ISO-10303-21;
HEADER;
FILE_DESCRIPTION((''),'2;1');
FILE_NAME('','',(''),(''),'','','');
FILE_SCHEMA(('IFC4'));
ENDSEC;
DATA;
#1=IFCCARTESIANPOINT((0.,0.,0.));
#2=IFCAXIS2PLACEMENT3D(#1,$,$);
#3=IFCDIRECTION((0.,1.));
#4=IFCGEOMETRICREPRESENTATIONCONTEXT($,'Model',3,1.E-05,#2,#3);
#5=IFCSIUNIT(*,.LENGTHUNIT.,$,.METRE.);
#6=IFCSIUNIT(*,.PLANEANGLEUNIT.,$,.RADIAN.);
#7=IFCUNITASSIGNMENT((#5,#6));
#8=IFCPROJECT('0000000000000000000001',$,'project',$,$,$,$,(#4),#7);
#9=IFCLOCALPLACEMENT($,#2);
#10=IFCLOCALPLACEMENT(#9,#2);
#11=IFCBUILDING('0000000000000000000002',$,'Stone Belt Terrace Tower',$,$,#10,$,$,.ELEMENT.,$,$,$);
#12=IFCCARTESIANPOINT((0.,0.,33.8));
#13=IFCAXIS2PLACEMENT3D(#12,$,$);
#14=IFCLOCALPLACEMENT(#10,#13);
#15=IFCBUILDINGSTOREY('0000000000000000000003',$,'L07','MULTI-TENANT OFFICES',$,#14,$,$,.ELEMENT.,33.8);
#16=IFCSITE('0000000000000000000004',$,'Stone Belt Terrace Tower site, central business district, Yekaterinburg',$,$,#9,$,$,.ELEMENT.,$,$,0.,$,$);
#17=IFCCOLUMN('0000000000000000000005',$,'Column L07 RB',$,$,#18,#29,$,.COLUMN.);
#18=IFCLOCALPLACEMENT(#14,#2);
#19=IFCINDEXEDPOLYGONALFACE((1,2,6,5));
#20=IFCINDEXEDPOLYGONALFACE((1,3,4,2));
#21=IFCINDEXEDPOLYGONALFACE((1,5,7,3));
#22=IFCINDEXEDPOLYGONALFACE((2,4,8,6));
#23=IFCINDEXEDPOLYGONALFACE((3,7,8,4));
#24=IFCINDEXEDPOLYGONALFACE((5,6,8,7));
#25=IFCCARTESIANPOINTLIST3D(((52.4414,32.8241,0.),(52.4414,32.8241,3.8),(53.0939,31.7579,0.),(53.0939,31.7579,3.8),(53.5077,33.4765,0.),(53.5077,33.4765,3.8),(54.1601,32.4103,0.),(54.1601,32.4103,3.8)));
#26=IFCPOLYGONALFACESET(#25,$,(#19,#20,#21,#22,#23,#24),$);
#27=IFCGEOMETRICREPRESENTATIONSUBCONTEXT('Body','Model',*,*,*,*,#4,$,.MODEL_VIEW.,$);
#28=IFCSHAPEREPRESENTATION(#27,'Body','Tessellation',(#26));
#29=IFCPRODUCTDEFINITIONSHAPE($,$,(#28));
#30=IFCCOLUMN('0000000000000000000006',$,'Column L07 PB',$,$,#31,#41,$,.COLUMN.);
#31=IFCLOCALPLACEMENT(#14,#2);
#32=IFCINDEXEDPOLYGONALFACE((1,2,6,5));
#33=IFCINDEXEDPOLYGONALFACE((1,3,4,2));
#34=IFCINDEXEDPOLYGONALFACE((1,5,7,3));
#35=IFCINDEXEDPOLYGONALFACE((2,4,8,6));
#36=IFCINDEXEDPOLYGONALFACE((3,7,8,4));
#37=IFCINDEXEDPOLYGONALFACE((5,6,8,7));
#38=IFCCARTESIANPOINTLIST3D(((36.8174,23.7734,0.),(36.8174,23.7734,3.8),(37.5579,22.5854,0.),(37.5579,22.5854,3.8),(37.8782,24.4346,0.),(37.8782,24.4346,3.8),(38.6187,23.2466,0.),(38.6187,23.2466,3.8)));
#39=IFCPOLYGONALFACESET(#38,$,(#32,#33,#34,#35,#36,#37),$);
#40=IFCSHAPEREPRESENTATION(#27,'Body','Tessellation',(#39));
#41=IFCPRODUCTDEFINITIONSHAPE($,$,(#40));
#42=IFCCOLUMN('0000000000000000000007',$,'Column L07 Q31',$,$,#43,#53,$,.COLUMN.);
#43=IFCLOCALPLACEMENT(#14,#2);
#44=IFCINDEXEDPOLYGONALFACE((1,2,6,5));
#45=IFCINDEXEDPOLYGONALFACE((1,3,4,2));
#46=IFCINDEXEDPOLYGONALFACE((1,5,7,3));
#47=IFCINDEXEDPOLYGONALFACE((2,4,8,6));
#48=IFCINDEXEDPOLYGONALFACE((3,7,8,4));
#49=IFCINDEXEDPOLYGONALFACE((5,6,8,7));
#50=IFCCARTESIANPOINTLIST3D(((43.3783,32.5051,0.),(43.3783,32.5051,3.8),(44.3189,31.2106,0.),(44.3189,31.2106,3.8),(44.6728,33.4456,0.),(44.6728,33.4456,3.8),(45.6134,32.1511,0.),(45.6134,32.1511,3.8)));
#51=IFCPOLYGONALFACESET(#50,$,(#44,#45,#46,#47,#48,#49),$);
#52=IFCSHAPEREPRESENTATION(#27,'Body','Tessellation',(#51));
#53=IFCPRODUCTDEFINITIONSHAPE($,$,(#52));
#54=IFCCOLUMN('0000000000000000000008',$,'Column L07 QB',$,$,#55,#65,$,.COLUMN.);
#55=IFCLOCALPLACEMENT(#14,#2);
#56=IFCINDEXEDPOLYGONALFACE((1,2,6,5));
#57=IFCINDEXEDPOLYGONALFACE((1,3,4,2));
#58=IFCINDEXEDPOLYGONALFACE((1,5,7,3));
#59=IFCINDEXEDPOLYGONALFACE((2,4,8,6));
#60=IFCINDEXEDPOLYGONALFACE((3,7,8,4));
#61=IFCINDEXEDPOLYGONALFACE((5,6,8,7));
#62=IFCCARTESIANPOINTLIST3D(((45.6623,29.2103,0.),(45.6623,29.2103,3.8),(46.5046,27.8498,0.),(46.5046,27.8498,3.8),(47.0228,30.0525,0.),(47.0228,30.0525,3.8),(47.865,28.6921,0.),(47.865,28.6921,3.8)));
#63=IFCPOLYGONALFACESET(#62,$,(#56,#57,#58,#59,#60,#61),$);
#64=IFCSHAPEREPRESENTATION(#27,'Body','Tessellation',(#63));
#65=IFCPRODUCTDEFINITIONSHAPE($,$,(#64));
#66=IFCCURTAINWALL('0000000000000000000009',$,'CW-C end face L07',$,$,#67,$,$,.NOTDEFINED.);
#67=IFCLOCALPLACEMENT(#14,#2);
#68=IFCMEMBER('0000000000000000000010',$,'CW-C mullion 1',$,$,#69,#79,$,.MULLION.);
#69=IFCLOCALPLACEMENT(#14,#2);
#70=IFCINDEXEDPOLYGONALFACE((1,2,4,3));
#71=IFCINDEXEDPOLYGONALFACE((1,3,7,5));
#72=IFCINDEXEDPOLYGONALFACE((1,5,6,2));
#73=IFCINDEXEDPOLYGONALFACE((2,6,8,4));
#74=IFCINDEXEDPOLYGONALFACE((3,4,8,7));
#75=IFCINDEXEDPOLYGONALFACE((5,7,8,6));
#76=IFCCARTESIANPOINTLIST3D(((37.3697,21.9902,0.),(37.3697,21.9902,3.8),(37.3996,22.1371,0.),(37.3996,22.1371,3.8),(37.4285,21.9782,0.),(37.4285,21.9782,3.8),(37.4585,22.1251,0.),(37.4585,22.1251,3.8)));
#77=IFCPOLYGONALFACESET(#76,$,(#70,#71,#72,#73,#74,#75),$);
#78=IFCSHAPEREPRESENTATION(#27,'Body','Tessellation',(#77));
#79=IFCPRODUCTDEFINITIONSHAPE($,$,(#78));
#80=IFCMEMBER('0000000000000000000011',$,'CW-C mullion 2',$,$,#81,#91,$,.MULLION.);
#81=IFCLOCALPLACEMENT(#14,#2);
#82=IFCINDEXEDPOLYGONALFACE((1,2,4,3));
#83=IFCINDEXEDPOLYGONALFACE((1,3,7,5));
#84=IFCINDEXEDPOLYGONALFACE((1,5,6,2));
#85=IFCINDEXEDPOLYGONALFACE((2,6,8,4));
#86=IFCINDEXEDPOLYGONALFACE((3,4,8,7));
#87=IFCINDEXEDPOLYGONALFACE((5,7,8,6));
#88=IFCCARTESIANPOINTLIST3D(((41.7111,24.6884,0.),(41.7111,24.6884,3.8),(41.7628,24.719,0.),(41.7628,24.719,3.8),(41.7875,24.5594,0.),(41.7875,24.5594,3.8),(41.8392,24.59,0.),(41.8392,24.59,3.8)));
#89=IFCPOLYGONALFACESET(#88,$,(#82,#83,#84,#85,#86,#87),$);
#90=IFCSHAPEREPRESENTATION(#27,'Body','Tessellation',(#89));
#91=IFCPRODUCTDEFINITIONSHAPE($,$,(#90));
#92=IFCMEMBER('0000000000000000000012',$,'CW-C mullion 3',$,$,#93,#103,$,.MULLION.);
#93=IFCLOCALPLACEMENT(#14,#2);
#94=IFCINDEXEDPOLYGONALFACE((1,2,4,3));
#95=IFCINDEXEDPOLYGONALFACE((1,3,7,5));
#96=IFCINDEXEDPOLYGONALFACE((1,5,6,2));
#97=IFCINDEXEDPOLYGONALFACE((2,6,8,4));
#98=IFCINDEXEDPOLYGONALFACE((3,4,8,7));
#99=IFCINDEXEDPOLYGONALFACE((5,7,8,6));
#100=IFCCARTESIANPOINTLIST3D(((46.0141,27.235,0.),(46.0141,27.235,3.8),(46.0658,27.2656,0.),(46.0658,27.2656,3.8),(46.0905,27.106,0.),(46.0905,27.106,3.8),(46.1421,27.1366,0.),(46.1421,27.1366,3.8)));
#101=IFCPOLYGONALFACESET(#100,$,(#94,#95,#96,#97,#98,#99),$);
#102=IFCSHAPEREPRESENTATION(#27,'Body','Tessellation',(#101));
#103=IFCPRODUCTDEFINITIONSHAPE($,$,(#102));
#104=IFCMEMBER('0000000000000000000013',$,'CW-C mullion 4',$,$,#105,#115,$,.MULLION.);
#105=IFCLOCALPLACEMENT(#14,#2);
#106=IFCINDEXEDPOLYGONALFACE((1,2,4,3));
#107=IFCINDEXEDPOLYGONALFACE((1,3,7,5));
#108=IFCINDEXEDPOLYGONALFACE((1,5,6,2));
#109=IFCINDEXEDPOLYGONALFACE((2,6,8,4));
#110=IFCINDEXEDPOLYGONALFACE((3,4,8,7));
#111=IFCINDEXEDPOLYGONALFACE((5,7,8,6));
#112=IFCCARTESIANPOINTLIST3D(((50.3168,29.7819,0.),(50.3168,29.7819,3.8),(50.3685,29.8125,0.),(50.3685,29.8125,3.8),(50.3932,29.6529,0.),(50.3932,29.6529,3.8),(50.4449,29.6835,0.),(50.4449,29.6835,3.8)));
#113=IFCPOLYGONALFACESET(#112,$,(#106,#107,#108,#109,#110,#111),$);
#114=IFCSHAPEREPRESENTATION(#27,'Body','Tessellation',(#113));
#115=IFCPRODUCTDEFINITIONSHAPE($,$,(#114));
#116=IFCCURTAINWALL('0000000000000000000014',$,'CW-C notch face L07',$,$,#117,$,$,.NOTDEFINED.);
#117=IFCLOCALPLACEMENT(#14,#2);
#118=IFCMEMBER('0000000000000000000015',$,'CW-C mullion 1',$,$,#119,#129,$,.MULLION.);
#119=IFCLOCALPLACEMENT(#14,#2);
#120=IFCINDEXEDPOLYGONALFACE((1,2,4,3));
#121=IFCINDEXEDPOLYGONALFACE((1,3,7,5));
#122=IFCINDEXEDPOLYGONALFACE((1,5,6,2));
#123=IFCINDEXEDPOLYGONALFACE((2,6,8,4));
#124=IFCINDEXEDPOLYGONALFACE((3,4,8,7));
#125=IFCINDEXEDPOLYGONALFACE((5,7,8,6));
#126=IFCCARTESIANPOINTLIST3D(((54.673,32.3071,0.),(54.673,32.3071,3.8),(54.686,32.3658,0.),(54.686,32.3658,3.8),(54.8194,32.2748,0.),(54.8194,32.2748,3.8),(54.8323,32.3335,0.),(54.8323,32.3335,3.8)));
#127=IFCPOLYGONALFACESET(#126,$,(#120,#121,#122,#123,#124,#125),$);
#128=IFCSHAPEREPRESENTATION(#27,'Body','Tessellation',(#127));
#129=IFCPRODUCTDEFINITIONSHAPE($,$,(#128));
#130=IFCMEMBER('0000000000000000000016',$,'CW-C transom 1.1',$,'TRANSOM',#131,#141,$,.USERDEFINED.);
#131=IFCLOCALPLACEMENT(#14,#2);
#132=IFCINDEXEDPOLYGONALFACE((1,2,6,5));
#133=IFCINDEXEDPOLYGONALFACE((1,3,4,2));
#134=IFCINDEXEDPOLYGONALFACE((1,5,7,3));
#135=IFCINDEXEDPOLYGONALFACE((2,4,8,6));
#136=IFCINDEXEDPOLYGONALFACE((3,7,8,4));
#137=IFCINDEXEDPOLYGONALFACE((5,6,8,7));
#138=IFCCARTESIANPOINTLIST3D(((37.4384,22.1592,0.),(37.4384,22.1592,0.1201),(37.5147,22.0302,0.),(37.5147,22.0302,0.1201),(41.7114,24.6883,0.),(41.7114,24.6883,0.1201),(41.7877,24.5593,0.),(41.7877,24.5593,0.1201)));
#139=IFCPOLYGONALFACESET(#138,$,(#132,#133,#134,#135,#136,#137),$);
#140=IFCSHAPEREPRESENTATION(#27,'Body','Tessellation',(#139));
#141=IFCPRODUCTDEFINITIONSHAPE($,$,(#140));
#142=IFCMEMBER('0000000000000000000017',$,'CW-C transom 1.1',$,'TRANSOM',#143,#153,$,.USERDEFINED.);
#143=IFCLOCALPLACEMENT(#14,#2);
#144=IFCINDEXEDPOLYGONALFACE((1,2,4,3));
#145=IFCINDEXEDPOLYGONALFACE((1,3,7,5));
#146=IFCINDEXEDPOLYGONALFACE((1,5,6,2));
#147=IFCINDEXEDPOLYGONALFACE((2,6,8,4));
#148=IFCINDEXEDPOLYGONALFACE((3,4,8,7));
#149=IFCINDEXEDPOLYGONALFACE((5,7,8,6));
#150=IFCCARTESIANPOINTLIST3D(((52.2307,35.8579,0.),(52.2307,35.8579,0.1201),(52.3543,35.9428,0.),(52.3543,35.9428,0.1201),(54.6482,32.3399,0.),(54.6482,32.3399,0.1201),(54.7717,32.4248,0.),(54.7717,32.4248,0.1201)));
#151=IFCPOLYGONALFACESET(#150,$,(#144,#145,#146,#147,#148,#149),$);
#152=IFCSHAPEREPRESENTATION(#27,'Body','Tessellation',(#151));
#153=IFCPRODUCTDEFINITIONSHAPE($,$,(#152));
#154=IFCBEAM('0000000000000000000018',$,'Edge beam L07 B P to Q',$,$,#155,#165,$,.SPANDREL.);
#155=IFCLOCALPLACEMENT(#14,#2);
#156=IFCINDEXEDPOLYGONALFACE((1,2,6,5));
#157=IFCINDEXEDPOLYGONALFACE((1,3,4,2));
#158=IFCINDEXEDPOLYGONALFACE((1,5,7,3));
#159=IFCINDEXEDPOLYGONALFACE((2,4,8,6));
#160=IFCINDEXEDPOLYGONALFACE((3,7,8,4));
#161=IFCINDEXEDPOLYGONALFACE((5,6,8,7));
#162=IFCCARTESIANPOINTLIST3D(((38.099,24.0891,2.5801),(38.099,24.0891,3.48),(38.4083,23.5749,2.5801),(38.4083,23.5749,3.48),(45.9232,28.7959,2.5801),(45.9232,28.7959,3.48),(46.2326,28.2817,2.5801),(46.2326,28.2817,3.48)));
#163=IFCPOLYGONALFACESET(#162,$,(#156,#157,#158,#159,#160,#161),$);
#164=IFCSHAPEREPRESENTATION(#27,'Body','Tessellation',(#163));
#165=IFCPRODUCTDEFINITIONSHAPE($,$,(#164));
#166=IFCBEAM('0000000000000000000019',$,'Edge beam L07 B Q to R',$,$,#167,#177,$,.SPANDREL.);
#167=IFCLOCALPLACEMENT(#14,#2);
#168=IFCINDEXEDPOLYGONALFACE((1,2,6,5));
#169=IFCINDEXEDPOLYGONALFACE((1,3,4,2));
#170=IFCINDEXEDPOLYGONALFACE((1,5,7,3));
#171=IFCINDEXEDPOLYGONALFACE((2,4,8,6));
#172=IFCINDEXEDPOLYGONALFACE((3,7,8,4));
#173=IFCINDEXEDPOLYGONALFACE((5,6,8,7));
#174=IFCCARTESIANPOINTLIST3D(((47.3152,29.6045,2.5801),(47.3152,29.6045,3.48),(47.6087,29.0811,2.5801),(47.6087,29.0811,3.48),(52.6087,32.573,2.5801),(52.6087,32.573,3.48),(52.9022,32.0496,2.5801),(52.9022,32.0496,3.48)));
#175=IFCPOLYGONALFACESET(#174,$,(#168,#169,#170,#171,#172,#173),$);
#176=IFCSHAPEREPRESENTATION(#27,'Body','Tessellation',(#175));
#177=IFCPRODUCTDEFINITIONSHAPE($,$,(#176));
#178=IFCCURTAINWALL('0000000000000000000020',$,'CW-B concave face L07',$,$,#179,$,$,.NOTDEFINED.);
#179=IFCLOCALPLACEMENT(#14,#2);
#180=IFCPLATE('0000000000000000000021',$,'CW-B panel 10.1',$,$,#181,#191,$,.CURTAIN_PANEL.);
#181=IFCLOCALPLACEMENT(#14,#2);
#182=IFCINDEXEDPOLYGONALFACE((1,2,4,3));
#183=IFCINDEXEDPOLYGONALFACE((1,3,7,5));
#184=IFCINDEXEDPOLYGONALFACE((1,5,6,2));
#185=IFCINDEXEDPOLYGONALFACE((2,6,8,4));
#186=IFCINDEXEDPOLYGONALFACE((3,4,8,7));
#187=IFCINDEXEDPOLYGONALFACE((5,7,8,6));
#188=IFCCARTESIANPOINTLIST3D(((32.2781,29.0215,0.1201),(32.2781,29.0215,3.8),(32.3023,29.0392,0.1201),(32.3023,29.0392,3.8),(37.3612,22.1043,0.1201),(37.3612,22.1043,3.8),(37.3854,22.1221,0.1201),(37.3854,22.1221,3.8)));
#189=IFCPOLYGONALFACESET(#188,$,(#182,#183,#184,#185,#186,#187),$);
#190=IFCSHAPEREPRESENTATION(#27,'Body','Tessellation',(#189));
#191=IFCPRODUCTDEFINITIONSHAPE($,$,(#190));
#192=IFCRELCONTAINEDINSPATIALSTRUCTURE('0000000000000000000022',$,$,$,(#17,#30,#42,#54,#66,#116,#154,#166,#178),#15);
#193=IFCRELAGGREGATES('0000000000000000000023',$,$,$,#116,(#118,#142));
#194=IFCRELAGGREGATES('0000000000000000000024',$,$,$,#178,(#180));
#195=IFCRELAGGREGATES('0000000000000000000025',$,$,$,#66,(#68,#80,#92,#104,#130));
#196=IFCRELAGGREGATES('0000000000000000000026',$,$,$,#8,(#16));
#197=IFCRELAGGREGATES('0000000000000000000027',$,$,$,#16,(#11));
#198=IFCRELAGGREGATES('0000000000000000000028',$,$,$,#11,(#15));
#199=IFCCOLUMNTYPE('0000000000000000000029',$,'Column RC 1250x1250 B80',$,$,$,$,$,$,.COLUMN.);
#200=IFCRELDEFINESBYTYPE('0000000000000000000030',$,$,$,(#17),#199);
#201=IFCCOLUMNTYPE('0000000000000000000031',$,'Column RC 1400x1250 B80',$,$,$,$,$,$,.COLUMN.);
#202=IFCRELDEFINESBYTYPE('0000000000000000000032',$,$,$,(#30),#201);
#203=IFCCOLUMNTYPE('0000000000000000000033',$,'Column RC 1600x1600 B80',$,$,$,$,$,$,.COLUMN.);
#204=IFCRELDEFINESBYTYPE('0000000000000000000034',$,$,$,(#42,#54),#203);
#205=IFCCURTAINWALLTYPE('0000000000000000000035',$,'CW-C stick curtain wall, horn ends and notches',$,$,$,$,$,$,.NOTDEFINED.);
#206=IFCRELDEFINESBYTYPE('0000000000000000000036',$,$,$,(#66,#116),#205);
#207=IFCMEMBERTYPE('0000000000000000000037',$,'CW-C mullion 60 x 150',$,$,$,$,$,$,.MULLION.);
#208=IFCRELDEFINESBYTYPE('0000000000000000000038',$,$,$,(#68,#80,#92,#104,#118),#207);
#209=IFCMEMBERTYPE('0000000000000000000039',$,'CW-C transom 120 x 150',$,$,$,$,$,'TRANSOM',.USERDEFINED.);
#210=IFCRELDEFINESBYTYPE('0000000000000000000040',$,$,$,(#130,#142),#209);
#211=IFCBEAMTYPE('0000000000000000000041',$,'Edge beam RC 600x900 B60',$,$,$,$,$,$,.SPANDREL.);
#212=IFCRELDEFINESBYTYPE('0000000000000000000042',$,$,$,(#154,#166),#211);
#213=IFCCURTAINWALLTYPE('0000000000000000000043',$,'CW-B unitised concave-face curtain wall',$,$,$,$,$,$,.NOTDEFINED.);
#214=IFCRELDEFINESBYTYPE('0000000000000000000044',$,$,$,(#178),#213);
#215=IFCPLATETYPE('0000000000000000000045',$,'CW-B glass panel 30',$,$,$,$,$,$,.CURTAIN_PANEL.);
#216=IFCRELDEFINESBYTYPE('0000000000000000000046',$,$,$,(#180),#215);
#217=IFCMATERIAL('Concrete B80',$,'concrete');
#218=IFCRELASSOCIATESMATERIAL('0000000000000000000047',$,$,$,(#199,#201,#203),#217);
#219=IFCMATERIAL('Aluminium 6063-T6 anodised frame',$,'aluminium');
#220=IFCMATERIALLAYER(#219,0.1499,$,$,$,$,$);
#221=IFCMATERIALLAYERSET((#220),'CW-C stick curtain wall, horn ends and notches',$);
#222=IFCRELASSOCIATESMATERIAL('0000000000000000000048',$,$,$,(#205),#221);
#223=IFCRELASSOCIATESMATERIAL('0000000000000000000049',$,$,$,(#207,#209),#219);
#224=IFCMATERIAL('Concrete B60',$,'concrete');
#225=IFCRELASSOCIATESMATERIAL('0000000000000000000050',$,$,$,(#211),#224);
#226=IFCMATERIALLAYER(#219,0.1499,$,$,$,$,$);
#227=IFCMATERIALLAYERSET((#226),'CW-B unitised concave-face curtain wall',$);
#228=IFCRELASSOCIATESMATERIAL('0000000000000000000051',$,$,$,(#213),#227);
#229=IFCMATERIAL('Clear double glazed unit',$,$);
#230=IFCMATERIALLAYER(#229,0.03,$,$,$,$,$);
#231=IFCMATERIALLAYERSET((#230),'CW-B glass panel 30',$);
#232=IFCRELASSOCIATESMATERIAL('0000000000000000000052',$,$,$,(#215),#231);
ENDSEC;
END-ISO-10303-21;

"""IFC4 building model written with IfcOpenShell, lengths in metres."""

from ifc_helpers import new_model, si_unit, direction, frame, origin, origin_2d, place, context, subcontext, project, spatial, rectangle, extrude, material, layer, layer_set, material_profile, profile_set, type_object, element, aggregate, save


model = new_model("IFC4")

# Units and contexts
model_context = context("Model", 3, precision=1e-05, world=origin(), true_north=direction((0.0, 1.0)))
body_context = subcontext(model_context, "Body", "Model", "MODEL_VIEW")
ifc_project = project(units=[si_unit("LENGTHUNIT", "METRE"), si_unit("PLANEANGLEUNIT", "RADIAN")], contexts=[model_context])

# Site, building, storey
site_placement = place(None, origin())
site = spatial("IfcSite", under=ifc_project, at=site_placement, Name="Stone Belt Terrace Tower site, central business district, Yekaterinburg", CompositionType="ELEMENT", RefElevation=0.0)
building_placement = place(site_placement, origin())
building = spatial("IfcBuilding", under=site, at=building_placement, Name="Stone Belt Terrace Tower", CompositionType="ELEMENT")
storey_placement = place(building_placement, frame((0.0, 0.0, 33.8)))
storey = spatial("IfcBuildingStorey", under=building, at=storey_placement, Name="L07", Description="MULTI-TENANT OFFICES", CompositionType="ELEMENT", Elevation=33.8)

# Columns
ifc_material_1 = material(Name="Concrete B80", Category="concrete")
ifc_material_profile_1 = material_profile(ifc_material_1, rectangle(XDim=1.25, YDim=1.25, at=origin_2d()), Name="RC 1250x1250")
ifc_profile_set_1 = profile_set([ifc_material_profile_1], Name="Concrete B80")
column_type_1 = type_object("IfcColumnType", Name="Column RC 1250x1250 B80", PredefinedType="COLUMN", material=ifc_profile_set_1)
column_1_placement = place(storey_placement, frame((53.3008, 32.6172, 0.0), z_axis=(0.0, 0.0, 1.0), x_axis=(0.521967, -0.852966, 0.0)))
element("IfcColumn", 1, at=column_1_placement, inside=storey, type_object=column_type_1, Name="Column L07 RB", PredefinedType="COLUMN", context=body_context, shape_type="SweptSolid", body=[
    extrude(rectangle(XDim=1.25, YDim=1.25, at=origin_2d()), origin(), (0.0, 0.0, 1.0), 3.8),
])
ifc_material_profile_2 = material_profile(ifc_material_1, rectangle(XDim=1.3999, YDim=1.25, at=origin_2d()), Name="RC 1400x1250")
ifc_profile_set_2 = profile_set([ifc_material_profile_2], Name="Concrete B80")
column_type_2 = type_object("IfcColumnType", Name="Column RC 1400x1250 B80", PredefinedType="COLUMN", material=ifc_profile_set_2)
column_2_placement = place(storey_placement, frame((37.718, 23.51, 0.0), z_axis=(0.0, 0.0, 1.0), x_axis=(0.528967, -0.848642, 0.0)))
element("IfcColumn", 2, at=column_2_placement, inside=storey, type_object=column_type_2, Name="Column L07 PB", PredefinedType="COLUMN", context=body_context, shape_type="SweptSolid", body=[
    extrude(rectangle(XDim=1.3999, YDim=1.25, at=origin_2d()), origin(), (0.0, 0.0, 1.0), 3.8),
])
ifc_material_profile_3 = material_profile(ifc_material_1, rectangle(XDim=1.6001, YDim=1.6001, at=origin_2d()), Name="RC 1600x1600")
ifc_profile_set_3 = profile_set([ifc_material_profile_3], Name="Concrete B80")
column_type_3 = type_object("IfcColumnType", Name="Column RC 1600x1600 B80", PredefinedType="COLUMN", material=ifc_profile_set_3)
for number, where, z_axis, x_axis, name in (
    (3, (44.4958, 32.3281, 0.0), (0.0, 0.0, 1.0), (0.587785, -0.809017, 0.0), "Column L07 Q31"),
    (4, (46.7637, 28.9512, 0.0), (0.0, 0.0, 1.0), (0.526383, -0.850248, 0.0), "Column L07 QB"),
):
    element("IfcColumn", number, at=place(storey_placement, frame(where, z_axis=z_axis, x_axis=x_axis)), inside=storey, type_object=column_type_3, Name=name, PredefinedType="COLUMN", context=body_context, shape_type="SweptSolid", body=[
        extrude(rectangle(XDim=1.6001, YDim=1.6001, at=origin_2d()), origin(), (0.0, 0.0, 1.0), 3.8),
    ])

# Curtain wall, members
ifc_material_2 = material(Name="Aluminium 6063-T6 anodised frame", Category="aluminium")
ifc_layer_1 = layer(ifc_material_2, 0.1499)
ifc_layer_set_1 = layer_set([ifc_layer_1], Name="CW-C stick curtain wall, horn ends and notches")
curtain_wall_type_1 = type_object("IfcCurtainWallType", Name="CW-C stick curtain wall, horn ends and notches", PredefinedType="NOTDEFINED", material=ifc_layer_set_1)
curtain_wall_1_placement = place(storey_placement, origin())
curtain_wall_1 = element("IfcCurtainWall", 5, at=curtain_wall_1_placement, inside=storey, type_object=curtain_wall_type_1, Name="CW-C end face L07", PredefinedType="NOTDEFINED")
ifc_material_profile_4 = material_profile(ifc_material_2, rectangle(XDim=0.1499, YDim=0.0601, at=origin_2d()), Name="Aluminium 6063-T6 60x150")
ifc_profile_set_4 = profile_set([ifc_material_profile_4], Name="Aluminium 6063-T6 anodised frame")
member_type_1 = type_object("IfcMemberType", Name="CW-C mullion 60 x 150", PredefinedType="MULLION", material=ifc_profile_set_4)
member_1_placement = place(storey_placement, frame((37.4141, 22.0576, 0.0), z_axis=(0.0, 0.0, 1.0), x_axis=(0.199957, 0.979805, 0.0)))
member_1 = element("IfcMember", 6, at=member_1_placement, type_object=member_type_1, Name="CW-C mullion 1", PredefinedType="MULLION", context=body_context, shape_type="SweptSolid", body=[
    extrude(rectangle(XDim=0.1499, YDim=0.0601, at=origin_2d()), origin(), (0.0, 0.0, 1.0), 3.8),
])
member_2_placement = place(storey_placement, frame((41.7751, 24.6392, 0.0), z_axis=(0.0, 0.0, 1.0), x_axis=(-0.509353, 0.860558, 0.0)))
member_2 = element("IfcMember", 7, at=member_2_placement, type_object=member_type_1, Name="CW-C mullion 2", PredefinedType="MULLION", context=body_context, shape_type="SweptSolid", body=[
    extrude(rectangle(XDim=0.1499, YDim=0.0601, at=origin_2d()), origin(), (0.0, 0.0, 1.0), 3.8),
])
member_3_placement = place(storey_placement, frame((46.0781, 27.1858, 0.0), z_axis=(0.0, 0.0, 1.0), x_axis=(-0.509353, 0.860558, 0.0)))
member_3 = element("IfcMember", 8, at=member_3_placement, type_object=member_type_1, Name="CW-C mullion 3", PredefinedType="MULLION", context=body_context, shape_type="SweptSolid", body=[
    extrude(rectangle(XDim=0.1499, YDim=0.0601, at=origin_2d()), origin(), (0.0, 0.0, 1.0), 3.8),
])
member_4_placement = place(storey_placement, frame((50.3809, 29.7327, 0.0), z_axis=(0.0, 0.0, 1.0), x_axis=(-0.509353, 0.860558, 0.0)))
member_4 = element("IfcMember", 9, at=member_4_placement, type_object=member_type_1, Name="CW-C mullion 4", PredefinedType="MULLION", context=body_context, shape_type="SweptSolid", body=[
    extrude(rectangle(XDim=0.1499, YDim=0.0601, at=origin_2d()), origin(), (0.0, 0.0, 1.0), 3.8),
])

# Curtain wall, member
curtain_wall_2_placement = place(storey_placement, origin())
curtain_wall_2 = element("IfcCurtainWall", 10, at=curtain_wall_2_placement, inside=storey, type_object=curtain_wall_type_1, Name="CW-C notch face L07", PredefinedType="NOTDEFINED")
member_5_placement = place(storey_placement, frame((54.7527, 32.3203, 0.0), z_axis=(0.0, 0.0, 1.0), x_axis=(-0.97652, 0.215429, 0.0)))
member_5 = element("IfcMember", 11, at=member_5_placement, type_object=member_type_1, Name="CW-C mullion 1", PredefinedType="MULLION", context=body_context, shape_type="SweptSolid", body=[
    extrude(rectangle(XDim=0.1499, YDim=0.0601, at=origin_2d()), origin(), (0.0, 0.0, 1.0), 3.8),
])

# Members
ifc_material_profile_5 = material_profile(ifc_material_2, rectangle(XDim=0.1499, YDim=0.1201, at=origin_2d()), Name="Aluminium 6063-T6 150x120")
ifc_profile_set_5 = profile_set([ifc_material_profile_5], Name="Aluminium 6063-T6 anodised frame")
member_type_2 = type_object("IfcMemberType", Name="CW-C transom 120 x 150", ElementType="TRANSOM", PredefinedType="USERDEFINED", material=ifc_profile_set_5)
member_6_placement = place(storey_placement, frame((37.4766, 22.0947, 0.0601), z_axis=(0.860562, 0.509345, 0.0), x_axis=(-0.509345, 0.860562, 0.0)))
member_6 = element("IfcMember", 12, at=member_6_placement, type_object=member_type_2, Name="CW-C transom 1.1", ObjectType="TRANSOM", PredefinedType="USERDEFINED", context=body_context, shape_type="SweptSolid", body=[
    extrude(rectangle(XDim=0.1499, YDim=0.1201, at=origin_2d()), origin(), (0.0, 0.0, 1.0), 4.9653),
])
member_7_placement = place(storey_placement, frame((54.71, 32.3823, 0.0601), z_axis=(-0.566339, 0.824172, 0.0), x_axis=(-0.824172, -0.566339, 0.0)))
member_7 = element("IfcMember", 13, at=member_7_placement, type_object=member_type_2, Name="CW-C transom 1.1", ObjectType="TRANSOM", PredefinedType="USERDEFINED", context=body_context, shape_type="SweptSolid", body=[
    extrude(rectangle(XDim=0.1499, YDim=0.1201, at=origin_2d()), origin(), (0.0, 0.0, 1.0), 4.2686),
])
aggregate(curtain_wall_2, [member_5, member_7])

# Beams
ifc_material_3 = material(Name="Concrete B60", Category="concrete")
ifc_material_profile_6 = material_profile(ifc_material_3, rectangle(XDim=0.6001, YDim=0.8999, at=origin_2d()), Name="RC 600x900")
ifc_profile_set_6 = profile_set([ifc_material_profile_6], Name="Concrete B60")
beam_type = type_object("IfcBeamType", Name="Edge beam RC 600x900 B60", PredefinedType="SPANDREL", material=ifc_profile_set_6)
beam_1_placement = place(storey_placement, frame((38.2537, 23.832, 3.03), z_axis=(0.8569, 0.515482, 0.0), x_axis=(-0.515482, 0.8569, 0.0)))
element("IfcBeam", 14, at=beam_1_placement, inside=storey, type_object=beam_type, Name="Edge beam L07 B P to Q", PredefinedType="SPANDREL", context=body_context, shape_type="SweptSolid", body=[
    extrude(rectangle(XDim=0.6001, YDim=0.8999, at=origin_2d()), origin(), (0.0, 0.0, 1.0), 9.1309),
])
beam_2_placement = place(storey_placement, frame((47.4619, 29.3428, 3.03), z_axis=(0.872213, 0.489126, 0.0), x_axis=(-0.489126, 0.872213, 0.0)))
element("IfcBeam", 15, at=beam_2_placement, inside=storey, type_object=beam_type, Name="Edge beam L07 B Q to R", PredefinedType="SPANDREL", context=body_context, shape_type="SweptSolid", body=[
    extrude(rectangle(XDim=0.6001, YDim=0.8999, at=origin_2d()), origin(), (0.0, 0.0, 1.0), 6.0691),
])

# Curtain wall, plate
ifc_layer_2 = layer(ifc_material_2, 0.1499)
ifc_layer_set_2 = layer_set([ifc_layer_2], Name="CW-B unitised concave-face curtain wall")
curtain_wall_type_2 = type_object("IfcCurtainWallType", Name="CW-B unitised concave-face curtain wall", PredefinedType="NOTDEFINED", material=ifc_layer_set_2)
curtain_wall_3_placement = place(storey_placement, origin())
curtain_wall_3 = element("IfcCurtainWall", 16, at=curtain_wall_3_placement, inside=storey, type_object=curtain_wall_type_2, Name="CW-B concave face L07", PredefinedType="NOTDEFINED")
ifc_material_4 = material(Name="Clear double glazed unit")
ifc_layer_3 = layer(ifc_material_4, 0.03)
ifc_layer_set_3 = layer_set([ifc_layer_3], Name="CW-B glass panel 30")
plate_type_1 = type_object("IfcPlateType", Name="CW-B glass panel 30", PredefinedType="CURTAIN_PANEL", material=ifc_layer_set_3)
plate_1_placement = place(storey_placement, frame((34.8318, 25.5718, 0.1201), z_axis=(0.0, 0.0, 1.0), x_axis=(0.592159, -0.805821, 0.0)))
plate_1 = element("IfcPlate", 17, at=plate_1_placement, type_object=plate_type_1, Name="CW-B panel 10.1", PredefinedType="CURTAIN_PANEL", context=body_context, shape_type="SweptSolid", body=[
    extrude(rectangle(XDim=8.584, YDim=0.03, at=origin_2d()), origin(), (0.0, 0.0, 1.0), 3.6799),
])
aggregate(curtain_wall_3, [plate_1])

aggregate(curtain_wall_1, [member_1, member_2, member_3, member_4, member_6])

save(model, "model.ifc")
